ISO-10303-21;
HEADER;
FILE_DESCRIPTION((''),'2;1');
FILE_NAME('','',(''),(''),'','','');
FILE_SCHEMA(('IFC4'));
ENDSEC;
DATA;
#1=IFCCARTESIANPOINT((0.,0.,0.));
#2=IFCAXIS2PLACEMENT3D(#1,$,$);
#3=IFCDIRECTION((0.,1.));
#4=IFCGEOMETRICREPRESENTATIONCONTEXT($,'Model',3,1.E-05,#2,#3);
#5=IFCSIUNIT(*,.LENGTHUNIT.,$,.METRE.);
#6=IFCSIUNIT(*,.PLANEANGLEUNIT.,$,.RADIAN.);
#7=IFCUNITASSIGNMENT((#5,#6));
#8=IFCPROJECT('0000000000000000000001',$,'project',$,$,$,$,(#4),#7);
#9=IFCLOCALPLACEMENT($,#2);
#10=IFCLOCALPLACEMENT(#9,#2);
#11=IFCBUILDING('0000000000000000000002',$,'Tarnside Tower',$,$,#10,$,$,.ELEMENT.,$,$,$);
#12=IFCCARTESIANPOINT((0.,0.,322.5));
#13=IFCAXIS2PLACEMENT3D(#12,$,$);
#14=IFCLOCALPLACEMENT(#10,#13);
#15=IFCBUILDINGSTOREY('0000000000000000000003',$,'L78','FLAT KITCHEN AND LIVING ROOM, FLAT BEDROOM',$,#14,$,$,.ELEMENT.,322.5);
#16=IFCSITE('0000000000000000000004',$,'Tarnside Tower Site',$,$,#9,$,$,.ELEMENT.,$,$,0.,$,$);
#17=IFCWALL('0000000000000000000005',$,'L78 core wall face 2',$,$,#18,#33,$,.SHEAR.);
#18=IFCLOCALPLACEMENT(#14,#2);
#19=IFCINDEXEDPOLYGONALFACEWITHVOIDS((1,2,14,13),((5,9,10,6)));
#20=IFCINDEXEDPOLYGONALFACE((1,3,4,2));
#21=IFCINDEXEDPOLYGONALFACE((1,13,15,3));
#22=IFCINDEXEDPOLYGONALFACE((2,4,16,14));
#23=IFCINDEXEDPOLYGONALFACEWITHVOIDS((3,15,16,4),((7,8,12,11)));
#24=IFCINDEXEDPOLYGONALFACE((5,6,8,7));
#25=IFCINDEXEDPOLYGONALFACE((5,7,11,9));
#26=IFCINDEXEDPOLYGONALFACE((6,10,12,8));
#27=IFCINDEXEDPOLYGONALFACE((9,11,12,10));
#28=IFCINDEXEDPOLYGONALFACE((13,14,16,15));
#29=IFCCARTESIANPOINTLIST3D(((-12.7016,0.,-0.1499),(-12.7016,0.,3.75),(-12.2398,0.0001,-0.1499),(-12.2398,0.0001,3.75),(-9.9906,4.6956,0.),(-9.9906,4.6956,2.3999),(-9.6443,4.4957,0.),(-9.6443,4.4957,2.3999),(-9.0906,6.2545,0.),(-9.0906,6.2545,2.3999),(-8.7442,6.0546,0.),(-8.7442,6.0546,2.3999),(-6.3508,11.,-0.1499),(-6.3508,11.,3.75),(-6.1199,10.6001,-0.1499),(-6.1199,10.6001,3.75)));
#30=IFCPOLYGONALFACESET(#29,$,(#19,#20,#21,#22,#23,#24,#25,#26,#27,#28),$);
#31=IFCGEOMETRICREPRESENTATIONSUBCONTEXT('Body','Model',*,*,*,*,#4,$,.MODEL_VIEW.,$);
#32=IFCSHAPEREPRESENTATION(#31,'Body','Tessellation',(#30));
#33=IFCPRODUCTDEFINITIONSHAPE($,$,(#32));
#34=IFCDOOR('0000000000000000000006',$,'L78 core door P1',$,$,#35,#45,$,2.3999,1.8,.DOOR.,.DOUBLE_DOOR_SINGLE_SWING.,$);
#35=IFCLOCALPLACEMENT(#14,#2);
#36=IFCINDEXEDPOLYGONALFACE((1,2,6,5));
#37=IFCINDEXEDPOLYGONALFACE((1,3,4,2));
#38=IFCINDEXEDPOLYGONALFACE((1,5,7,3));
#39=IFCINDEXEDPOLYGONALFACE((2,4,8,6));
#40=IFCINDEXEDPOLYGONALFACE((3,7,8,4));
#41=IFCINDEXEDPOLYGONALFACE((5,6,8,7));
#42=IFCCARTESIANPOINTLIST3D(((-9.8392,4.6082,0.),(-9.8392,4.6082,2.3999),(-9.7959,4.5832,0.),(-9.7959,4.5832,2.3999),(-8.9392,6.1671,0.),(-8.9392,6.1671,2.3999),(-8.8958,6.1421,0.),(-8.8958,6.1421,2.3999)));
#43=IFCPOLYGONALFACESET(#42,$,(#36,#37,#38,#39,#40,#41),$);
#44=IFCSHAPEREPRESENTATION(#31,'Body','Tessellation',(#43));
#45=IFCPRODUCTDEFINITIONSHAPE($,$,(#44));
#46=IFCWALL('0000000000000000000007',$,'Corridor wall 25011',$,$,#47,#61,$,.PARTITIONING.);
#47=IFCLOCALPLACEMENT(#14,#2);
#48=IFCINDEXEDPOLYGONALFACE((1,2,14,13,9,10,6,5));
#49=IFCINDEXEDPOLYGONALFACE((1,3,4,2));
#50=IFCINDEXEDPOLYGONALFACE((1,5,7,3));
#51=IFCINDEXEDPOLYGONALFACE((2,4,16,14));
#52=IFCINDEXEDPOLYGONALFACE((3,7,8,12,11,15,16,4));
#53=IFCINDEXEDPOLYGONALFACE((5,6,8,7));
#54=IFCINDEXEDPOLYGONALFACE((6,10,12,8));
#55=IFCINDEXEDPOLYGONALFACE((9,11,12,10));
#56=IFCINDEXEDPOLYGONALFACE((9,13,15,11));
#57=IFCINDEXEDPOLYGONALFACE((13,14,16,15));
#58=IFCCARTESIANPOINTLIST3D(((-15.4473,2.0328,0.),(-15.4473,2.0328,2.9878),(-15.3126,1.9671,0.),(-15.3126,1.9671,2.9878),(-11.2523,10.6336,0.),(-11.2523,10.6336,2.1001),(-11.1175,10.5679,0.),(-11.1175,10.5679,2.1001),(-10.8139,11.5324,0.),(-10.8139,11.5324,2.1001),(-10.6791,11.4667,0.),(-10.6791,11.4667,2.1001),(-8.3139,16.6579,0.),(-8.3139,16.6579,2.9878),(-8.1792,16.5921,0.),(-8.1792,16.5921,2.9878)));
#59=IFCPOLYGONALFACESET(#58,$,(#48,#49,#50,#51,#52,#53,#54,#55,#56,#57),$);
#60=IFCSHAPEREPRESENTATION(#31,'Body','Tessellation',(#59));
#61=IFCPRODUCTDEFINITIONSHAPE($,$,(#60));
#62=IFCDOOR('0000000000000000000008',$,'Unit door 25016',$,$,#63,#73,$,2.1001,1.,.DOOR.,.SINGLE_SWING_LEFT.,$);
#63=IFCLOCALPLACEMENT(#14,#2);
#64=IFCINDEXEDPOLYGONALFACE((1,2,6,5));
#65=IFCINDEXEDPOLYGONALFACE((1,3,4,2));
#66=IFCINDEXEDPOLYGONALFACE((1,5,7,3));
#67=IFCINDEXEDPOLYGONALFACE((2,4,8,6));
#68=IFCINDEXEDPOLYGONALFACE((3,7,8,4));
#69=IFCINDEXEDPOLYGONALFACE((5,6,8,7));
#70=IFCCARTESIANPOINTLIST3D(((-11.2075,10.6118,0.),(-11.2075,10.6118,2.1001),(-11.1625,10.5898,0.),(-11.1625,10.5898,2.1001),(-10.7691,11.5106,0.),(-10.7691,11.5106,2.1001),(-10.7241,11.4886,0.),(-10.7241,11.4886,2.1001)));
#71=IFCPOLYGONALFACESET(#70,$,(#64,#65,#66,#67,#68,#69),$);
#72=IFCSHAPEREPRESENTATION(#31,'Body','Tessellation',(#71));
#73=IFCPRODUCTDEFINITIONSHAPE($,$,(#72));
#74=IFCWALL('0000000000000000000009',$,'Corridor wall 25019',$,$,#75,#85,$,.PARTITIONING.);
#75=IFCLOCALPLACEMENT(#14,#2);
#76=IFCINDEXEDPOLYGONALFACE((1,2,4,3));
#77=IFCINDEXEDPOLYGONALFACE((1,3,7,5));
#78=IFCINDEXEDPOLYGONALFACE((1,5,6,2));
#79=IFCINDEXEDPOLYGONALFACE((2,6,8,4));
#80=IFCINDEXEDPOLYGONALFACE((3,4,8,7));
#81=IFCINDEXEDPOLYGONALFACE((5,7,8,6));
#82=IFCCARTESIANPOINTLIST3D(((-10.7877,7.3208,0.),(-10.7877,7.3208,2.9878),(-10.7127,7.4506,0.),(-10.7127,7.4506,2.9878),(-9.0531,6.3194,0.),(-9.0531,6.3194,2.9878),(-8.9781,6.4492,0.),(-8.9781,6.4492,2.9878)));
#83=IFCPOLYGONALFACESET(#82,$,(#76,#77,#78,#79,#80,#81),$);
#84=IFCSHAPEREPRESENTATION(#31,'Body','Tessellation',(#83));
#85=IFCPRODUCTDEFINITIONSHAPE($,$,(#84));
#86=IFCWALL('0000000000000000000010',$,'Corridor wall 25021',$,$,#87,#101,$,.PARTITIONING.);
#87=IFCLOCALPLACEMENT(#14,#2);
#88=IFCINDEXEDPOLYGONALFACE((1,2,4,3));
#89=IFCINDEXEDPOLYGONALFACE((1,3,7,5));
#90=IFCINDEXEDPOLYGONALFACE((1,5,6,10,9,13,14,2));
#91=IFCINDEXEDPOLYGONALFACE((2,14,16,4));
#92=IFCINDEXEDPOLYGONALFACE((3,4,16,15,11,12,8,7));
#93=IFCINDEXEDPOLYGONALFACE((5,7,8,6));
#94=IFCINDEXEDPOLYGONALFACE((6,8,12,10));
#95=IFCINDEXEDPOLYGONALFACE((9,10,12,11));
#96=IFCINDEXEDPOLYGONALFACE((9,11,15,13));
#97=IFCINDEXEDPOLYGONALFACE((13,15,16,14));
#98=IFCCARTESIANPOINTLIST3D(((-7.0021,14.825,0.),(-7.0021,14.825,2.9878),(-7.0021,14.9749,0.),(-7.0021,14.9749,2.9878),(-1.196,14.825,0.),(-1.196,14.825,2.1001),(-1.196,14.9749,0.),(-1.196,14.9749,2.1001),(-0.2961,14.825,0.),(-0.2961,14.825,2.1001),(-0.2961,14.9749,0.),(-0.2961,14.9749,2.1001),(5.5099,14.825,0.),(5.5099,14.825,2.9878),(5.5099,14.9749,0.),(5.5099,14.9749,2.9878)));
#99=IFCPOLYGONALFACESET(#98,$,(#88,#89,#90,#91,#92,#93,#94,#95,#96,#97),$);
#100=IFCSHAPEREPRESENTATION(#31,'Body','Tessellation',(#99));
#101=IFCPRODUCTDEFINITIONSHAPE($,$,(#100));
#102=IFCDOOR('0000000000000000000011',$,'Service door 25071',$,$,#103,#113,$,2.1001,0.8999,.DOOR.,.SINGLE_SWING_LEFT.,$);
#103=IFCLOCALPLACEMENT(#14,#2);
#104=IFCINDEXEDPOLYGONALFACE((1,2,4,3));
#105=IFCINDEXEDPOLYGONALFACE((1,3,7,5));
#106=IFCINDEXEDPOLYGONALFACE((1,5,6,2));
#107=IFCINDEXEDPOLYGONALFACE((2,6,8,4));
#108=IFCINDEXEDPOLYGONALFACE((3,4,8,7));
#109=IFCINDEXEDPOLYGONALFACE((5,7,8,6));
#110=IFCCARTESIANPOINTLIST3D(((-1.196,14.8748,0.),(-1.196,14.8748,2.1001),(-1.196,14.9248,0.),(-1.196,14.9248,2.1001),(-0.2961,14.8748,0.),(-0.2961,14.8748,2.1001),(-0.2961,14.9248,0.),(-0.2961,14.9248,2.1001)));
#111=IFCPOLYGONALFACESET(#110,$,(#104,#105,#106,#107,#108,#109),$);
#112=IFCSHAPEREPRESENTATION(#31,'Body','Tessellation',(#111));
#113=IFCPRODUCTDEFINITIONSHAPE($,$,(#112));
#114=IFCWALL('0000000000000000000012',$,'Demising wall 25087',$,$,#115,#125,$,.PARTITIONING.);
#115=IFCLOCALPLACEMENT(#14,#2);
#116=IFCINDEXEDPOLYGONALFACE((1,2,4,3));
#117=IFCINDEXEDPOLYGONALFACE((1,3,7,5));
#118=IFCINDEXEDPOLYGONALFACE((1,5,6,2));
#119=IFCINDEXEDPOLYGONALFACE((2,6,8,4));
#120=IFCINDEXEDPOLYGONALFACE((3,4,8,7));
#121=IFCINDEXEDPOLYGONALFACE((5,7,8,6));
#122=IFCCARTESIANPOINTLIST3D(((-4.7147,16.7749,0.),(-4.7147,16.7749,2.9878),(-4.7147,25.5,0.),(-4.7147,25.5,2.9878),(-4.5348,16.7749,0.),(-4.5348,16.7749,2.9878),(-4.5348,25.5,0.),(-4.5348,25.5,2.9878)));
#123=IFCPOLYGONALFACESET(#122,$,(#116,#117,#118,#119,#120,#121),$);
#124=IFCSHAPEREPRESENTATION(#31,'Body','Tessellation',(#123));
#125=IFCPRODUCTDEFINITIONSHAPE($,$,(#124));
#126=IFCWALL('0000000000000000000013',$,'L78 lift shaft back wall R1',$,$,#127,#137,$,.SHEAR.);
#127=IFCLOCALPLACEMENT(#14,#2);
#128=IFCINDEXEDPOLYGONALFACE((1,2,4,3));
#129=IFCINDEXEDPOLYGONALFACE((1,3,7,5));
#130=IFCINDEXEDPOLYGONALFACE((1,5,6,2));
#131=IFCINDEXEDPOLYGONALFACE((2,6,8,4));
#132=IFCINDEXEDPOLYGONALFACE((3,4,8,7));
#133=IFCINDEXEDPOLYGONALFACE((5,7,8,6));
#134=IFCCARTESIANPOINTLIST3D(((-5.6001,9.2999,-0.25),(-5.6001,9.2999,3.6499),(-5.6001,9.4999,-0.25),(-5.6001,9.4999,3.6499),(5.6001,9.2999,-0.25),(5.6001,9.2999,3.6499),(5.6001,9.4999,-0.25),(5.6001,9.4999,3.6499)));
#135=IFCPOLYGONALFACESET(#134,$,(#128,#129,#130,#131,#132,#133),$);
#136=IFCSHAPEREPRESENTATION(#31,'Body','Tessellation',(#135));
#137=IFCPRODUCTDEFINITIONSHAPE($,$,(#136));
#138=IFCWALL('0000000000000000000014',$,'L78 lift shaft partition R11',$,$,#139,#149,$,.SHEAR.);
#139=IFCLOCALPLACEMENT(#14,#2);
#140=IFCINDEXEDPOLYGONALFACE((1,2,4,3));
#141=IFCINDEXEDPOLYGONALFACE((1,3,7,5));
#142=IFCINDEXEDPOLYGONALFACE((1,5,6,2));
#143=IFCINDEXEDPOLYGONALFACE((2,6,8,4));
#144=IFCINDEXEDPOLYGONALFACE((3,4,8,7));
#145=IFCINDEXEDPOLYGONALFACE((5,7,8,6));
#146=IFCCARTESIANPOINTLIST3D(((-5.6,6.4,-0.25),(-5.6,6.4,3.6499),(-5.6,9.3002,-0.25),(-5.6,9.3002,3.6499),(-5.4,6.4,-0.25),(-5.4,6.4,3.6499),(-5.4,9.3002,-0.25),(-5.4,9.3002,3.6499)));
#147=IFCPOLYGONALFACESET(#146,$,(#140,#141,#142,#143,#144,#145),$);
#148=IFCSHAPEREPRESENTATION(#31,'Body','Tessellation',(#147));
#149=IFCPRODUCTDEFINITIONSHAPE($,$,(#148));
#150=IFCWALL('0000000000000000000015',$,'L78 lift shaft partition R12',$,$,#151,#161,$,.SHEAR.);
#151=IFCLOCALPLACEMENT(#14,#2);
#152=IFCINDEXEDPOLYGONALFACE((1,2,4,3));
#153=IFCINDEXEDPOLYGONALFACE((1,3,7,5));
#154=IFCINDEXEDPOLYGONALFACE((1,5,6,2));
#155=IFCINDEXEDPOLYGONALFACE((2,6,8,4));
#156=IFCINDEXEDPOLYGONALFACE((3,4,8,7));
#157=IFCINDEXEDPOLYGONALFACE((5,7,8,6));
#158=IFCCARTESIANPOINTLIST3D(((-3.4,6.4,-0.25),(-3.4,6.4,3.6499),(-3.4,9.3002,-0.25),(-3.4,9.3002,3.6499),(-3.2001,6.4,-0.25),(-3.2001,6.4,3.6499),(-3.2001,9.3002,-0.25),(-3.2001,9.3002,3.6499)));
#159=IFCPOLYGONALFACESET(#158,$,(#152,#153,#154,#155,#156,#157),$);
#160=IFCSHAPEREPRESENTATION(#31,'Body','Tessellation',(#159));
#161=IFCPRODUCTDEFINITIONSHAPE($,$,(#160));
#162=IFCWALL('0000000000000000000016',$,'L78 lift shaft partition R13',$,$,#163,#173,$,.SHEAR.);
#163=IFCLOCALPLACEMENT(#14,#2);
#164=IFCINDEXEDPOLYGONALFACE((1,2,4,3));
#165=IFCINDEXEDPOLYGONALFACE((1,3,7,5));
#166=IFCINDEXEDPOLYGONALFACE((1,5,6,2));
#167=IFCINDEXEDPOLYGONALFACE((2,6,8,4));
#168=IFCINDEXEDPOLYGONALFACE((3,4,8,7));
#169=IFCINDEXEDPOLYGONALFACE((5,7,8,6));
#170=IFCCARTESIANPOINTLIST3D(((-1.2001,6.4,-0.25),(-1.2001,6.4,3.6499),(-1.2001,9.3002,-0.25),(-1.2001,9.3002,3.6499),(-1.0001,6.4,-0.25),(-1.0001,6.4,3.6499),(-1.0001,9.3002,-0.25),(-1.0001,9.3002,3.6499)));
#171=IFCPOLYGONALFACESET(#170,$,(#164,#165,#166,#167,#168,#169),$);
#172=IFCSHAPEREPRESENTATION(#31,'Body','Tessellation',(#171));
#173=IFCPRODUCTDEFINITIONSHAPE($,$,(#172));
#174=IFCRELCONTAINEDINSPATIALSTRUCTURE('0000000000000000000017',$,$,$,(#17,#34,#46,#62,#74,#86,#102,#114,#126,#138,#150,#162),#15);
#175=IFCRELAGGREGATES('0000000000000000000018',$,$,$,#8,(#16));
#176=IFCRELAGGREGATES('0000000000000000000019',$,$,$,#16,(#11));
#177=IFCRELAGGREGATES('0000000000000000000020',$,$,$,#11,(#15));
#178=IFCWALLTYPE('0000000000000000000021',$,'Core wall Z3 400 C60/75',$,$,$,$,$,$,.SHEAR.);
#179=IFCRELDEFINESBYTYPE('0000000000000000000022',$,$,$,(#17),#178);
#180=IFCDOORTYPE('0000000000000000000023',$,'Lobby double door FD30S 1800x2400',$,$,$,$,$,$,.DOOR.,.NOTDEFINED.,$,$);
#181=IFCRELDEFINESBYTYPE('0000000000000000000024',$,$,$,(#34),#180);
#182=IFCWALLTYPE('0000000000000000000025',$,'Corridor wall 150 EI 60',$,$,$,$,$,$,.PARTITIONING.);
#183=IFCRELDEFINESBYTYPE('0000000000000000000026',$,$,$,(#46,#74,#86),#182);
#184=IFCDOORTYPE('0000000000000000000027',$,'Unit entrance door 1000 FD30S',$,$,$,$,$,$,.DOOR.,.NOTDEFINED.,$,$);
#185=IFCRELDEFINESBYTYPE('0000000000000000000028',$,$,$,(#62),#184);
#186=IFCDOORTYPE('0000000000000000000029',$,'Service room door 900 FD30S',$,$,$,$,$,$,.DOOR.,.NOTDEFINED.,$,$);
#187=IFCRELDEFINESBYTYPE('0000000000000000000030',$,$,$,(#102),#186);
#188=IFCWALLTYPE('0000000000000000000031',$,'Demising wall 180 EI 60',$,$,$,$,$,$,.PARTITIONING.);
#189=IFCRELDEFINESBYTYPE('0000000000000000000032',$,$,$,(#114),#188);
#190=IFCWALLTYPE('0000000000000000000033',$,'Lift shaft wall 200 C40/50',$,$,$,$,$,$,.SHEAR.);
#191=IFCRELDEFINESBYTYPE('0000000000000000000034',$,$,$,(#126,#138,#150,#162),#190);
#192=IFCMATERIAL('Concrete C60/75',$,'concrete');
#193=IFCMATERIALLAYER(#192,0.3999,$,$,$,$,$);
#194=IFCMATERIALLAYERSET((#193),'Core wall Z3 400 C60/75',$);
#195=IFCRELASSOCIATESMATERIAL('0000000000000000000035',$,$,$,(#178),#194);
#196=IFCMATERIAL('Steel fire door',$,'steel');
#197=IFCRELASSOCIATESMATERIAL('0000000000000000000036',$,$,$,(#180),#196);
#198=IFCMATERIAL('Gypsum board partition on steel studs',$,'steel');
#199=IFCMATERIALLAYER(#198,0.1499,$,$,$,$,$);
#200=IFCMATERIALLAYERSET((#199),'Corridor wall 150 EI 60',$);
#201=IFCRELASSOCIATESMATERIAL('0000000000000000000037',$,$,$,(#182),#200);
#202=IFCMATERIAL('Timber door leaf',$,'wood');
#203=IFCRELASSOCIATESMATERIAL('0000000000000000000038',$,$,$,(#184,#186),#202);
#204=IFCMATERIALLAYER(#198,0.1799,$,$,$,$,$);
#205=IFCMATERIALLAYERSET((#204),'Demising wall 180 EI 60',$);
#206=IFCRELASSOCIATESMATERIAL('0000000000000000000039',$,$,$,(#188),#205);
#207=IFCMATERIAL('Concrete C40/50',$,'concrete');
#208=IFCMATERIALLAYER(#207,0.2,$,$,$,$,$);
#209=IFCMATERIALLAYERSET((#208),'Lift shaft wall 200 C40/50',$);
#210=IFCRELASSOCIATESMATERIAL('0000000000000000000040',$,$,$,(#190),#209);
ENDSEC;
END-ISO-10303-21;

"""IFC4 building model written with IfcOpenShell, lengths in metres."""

from ifc_helpers import new_model, si_unit, direction, frame, frame_2d, origin, place, context, subcontext, project, spatial, polyline, rectangle, outline, extrude, material, layer, layer_set, type_object, element, fill, save


model = new_model("IFC4")

# Units and contexts
model_context = context("Model", 3, precision=1e-05, world=origin(), true_north=direction((0.0, 1.0)))
body_context = subcontext(model_context, "Body", "Model", "MODEL_VIEW")
ifc_project = project(units=[si_unit("LENGTHUNIT", "METRE"), si_unit("PLANEANGLEUNIT", "RADIAN")], contexts=[model_context])

# Site, building, storey
site_placement = place(None, origin())
site = spatial("IfcSite", under=ifc_project, at=site_placement, Name="Tarnside Tower Site", CompositionType="ELEMENT", RefElevation=0.0)
building_placement = place(site_placement, origin())
building = spatial("IfcBuilding", under=site, at=building_placement, Name="Tarnside Tower", CompositionType="ELEMENT")
storey_placement = place(building_placement, frame((0.0, 0.0, 322.5)))
storey = spatial("IfcBuildingStorey", under=building, at=storey_placement, Name="L78", Description="FLAT KITCHEN AND LIVING ROOM, FLAT BEDROOM", CompositionType="ELEMENT", Elevation=322.5)

# Shared definitions
ifc_material_1 = material(Name="Gypsum board partition on steel studs", Category="steel")
ifc_material_2 = material(Name="Timber door leaf", Category="wood")

# Walls, openings, doors
ifc_material_3 = material(Name="Concrete C60/75", Category="concrete")
ifc_layer_1 = layer(ifc_material_3, 0.3999)
ifc_layer_set_1 = layer_set([ifc_layer_1], Name="Core wall Z3 400 C60/75")
wall_type_1 = type_object("IfcWallType", Name="Core wall Z3 400 C60/75", PredefinedType="SHEAR", material=ifc_layer_set_1)
wall_1_placement = place(storey_placement, frame((-6.2354, 10.8, -0.1499), z_axis=(0.0, 0.0, 1.0), x_axis=(-0.499996, -0.866027, 0.0)))
wall_1 = element("IfcWall", 1, at=wall_1_placement, inside=storey, type_object=wall_type_1, Name="L78 core wall face 2", PredefinedType="SHEAR", context=body_context, shape_type="SweptSolid", body=[
    extrude(outline(polyline([(-0.1155, -0.2), (12.5862, -0.2), (12.3552, 0.2), (0.1155, 0.2), (-0.1155, -0.2)])), origin(), (0.0, 0.0, 1.0), 3.8999),
])
opening_1_placement = place(wall_1_placement, frame((5.3643, 0.0, 0.1499)))
opening_1 = element("IfcOpeningElement", 2, at=opening_1_placement, cuts=wall_1, PredefinedType="OPENING", context=body_context, shape_type="SweptSolid", body=[
    extrude(rectangle(XDim=1.8, YDim=2.3999, at=frame_2d((0.8999, 1.2))), frame((0.0, 0.21, 0.0), z_axis=(0.0, -1.0, 0.0), x_axis=(1.0, 0.0, 0.0)), (0.0, 0.0, 1.0), 0.4199),
])
ifc_material_4 = material(Name="Steel fire door", Category="steel")
door_type_1 = type_object("IfcDoorType", Name="Lobby double door FD30S 1800x2400", OperationType="NOTDEFINED", PredefinedType="DOOR", material=ifc_material_4)
door_1_placement = place(opening_1_placement, origin())
door_1 = element("IfcDoor", 3, at=door_1_placement, inside=storey, type_object=door_type_1, Name="L78 core door P1", OperationType="DOUBLE_DOOR_SINGLE_SWING", OverallHeight=2.3999, OverallWidth=1.8, PredefinedType="DOOR", context=body_context, shape_type="SweptSolid", body=[
    extrude(rectangle(XDim=1.8, YDim=2.3999, at=frame_2d((0.8999, 1.2))), frame((0.0, 0.0249, 0.0), z_axis=(0.0, -1.0, 0.0), x_axis=(1.0, 0.0, 0.0)), (0.0, 0.0, 1.0), 0.05),
])
fill(opening_1, door_1)
ifc_layer_2 = layer(ifc_material_1, 0.1499)
ifc_layer_set_2 = layer_set([ifc_layer_2], Name="Corridor wall 150 EI 60")
wall_type_2 = type_object("IfcWallType", Name="Corridor wall 150 EI 60", PredefinedType="PARTITIONING", material=ifc_layer_set_2)
wall_2_placement = place(storey_placement, frame((-8.2466, 16.625, 0.0), z_axis=(0.0, 0.0, 1.0), x_axis=(-0.438382, -0.898789, 0.0)))
wall_2 = element("IfcWall", 4, at=wall_2_placement, inside=storey, type_object=wall_type_2, Name="Corridor wall 25011", PredefinedType="PARTITIONING", context=body_context, shape_type="SweptSolid", body=[
    extrude(rectangle(XDim=16.272, YDim=0.1499, at=frame_2d((8.136, 0.0))), origin(), (0.0, 0.0, 1.0), 2.9878),
])
opening_2_placement = place(wall_2_placement, frame((5.7026, 0.0, 0.0)))
opening_2 = element("IfcOpeningElement", 5, at=opening_2_placement, cuts=wall_2, PredefinedType="OPENING", context=body_context, shape_type="SweptSolid", body=[
    extrude(rectangle(XDim=1.0, YDim=2.1001, at=frame_2d((0.5, 1.05))), frame((0.0, 0.085, 0.0), z_axis=(0.0, -1.0, 0.0), x_axis=(1.0, 0.0, 0.0)), (0.0, 0.0, 1.0), 0.1699),
])
door_type_2 = type_object("IfcDoorType", Name="Unit entrance door 1000 FD30S", OperationType="NOTDEFINED", PredefinedType="DOOR", material=ifc_material_2)
door_2_placement = place(opening_2_placement, origin())
door_2 = element("IfcDoor", 6, at=door_2_placement, inside=storey, type_object=door_type_2, Name="Unit door 25016", OperationType="SINGLE_SWING_LEFT", OverallHeight=2.1001, OverallWidth=1.0, PredefinedType="DOOR", context=body_context, shape_type="SweptSolid", body=[
    extrude(rectangle(XDim=1.0, YDim=2.1001, at=frame_2d((0.5, 1.05))), frame((0.0, 0.0249, 0.0), z_axis=(0.0, -1.0, 0.0), x_axis=(1.0, 0.0, 0.0)), (0.0, 0.0, 1.0), 0.05),
])
fill(opening_2, door_2)

# Wall
wall_3_placement = place(storey_placement, frame((-9.0156, 6.3843, 0.0), z_axis=(0.0, 0.0, 1.0), x_axis=(-0.866029, 0.499993, 0.0)))
element("IfcWall", 7, at=wall_3_placement, inside=storey, type_object=wall_type_2, Name="Corridor wall 25019", PredefinedType="PARTITIONING", context=body_context, shape_type="SweptSolid", body=[
    extrude(rectangle(XDim=2.0029, YDim=0.1499, at=frame_2d((1.0015, 0.0))), origin(), (0.0, 0.0, 1.0), 2.9878),
])

# Wall, opening, door
wall_4_placement = place(storey_placement, frame((-7.002, 14.8999, 0.0), z_axis=(0.0, 0.0, 1.0), x_axis=(1.0, 0.0, 0.0)))
wall_4 = element("IfcWall", 8, at=wall_4_placement, inside=storey, type_object=wall_type_2, Name="Corridor wall 25021", PredefinedType="PARTITIONING", context=body_context, shape_type="SweptSolid", body=[
    extrude(rectangle(XDim=12.512, YDim=0.1499, at=frame_2d((6.2559, 0.0))), origin(), (0.0, 0.0, 1.0), 2.9878),
])
opening_3_placement = place(wall_4_placement, frame((5.8059, 0.0, 0.0)))
opening_3 = element("IfcOpeningElement", 9, at=opening_3_placement, cuts=wall_4, PredefinedType="OPENING", context=body_context, shape_type="SweptSolid", body=[
    extrude(rectangle(XDim=0.8999, YDim=2.1001, at=frame_2d((0.45, 1.05))), frame((0.0, 0.085, 0.0), z_axis=(0.0, -1.0, 0.0), x_axis=(1.0, 0.0, 0.0)), (0.0, 0.0, 1.0), 0.1699),
])
door_type_3 = type_object("IfcDoorType", Name="Service room door 900 FD30S", OperationType="NOTDEFINED", PredefinedType="DOOR", material=ifc_material_2)
door_3_placement = place(opening_3_placement, origin())
door_3 = element("IfcDoor", 10, at=door_3_placement, inside=storey, type_object=door_type_3, Name="Service door 25071", OperationType="SINGLE_SWING_LEFT", OverallHeight=2.1001, OverallWidth=0.8999, PredefinedType="DOOR", context=body_context, shape_type="SweptSolid", body=[
    extrude(rectangle(XDim=0.8999, YDim=2.1001, at=frame_2d((0.45, 1.05))), frame((0.0, 0.0249, 0.0), z_axis=(0.0, -1.0, 0.0), x_axis=(1.0, 0.0, 0.0)), (0.0, 0.0, 1.0), 0.05),
])
fill(opening_3, door_3)

# Walls
ifc_layer_3 = layer(ifc_material_1, 0.1799)
ifc_layer_set_3 = layer_set([ifc_layer_3], Name="Demising wall 180 EI 60")
wall_type_3 = type_object("IfcWallType", Name="Demising wall 180 EI 60", PredefinedType="PARTITIONING", material=ifc_layer_set_3)
wall_5_placement = place(storey_placement, frame((-4.6248, 25.5, 0.0), z_axis=(0.0, 0.0, 1.0), x_axis=(0.0, -1.0, 0.0)))
element("IfcWall", 11, at=wall_5_placement, inside=storey, type_object=wall_type_3, Name="Demising wall 25087", PredefinedType="PARTITIONING", context=body_context, shape_type="SweptSolid", body=[
    extrude(rectangle(XDim=8.7251, YDim=0.1799, at=frame_2d((4.3625, 0.0))), origin(), (0.0, 0.0, 1.0), 2.9878),
])
ifc_material_5 = material(Name="Concrete C40/50", Category="concrete")
ifc_layer_4 = layer(ifc_material_5, 0.2)
ifc_layer_set_4 = layer_set([ifc_layer_4], Name="Lift shaft wall 200 C40/50")
wall_type_4 = type_object("IfcWallType", Name="Lift shaft wall 200 C40/50", PredefinedType="SHEAR", material=ifc_layer_set_4)
wall_6_placement = place(storey_placement, frame((-5.6001, 9.3999, -0.25), z_axis=(0.0, 0.0, 1.0), x_axis=(1.0, 0.0, 0.0)))
element("IfcWall", 12, at=wall_6_placement, inside=storey, type_object=wall_type_4, Name="L78 lift shaft back wall R1", PredefinedType="SHEAR", context=body_context, shape_type="SweptSolid", body=[
    extrude(rectangle(XDim=11.2002, YDim=0.2, at=frame_2d((5.6001, 0.0))), origin(), (0.0, 0.0, 1.0), 3.8999),
])
for number, where, z_axis, x_axis, name in (
    (13, (-5.5, 6.3999, -0.25), (0.0, 0.0, 1.0), (0.0, 1.0, 0.0), "L78 lift shaft partition R11"),
    (14, (-3.3, 6.3999, -0.25), (0.0, 0.0, 1.0), (0.0, 1.0, 0.0), "L78 lift shaft partition R12"),
    (15, (-1.1001, 6.3999, -0.25), (0.0, 0.0, 1.0), (0.0, 1.0, 0.0), "L78 lift shaft partition R13"),
):
    element("IfcWall", number, at=place(storey_placement, frame(where, z_axis=z_axis, x_axis=x_axis)), inside=storey, type_object=wall_type_4, Name=name, PredefinedType="SHEAR", context=body_context, shape_type="SweptSolid", body=[
        extrude(rectangle(XDim=2.9001, YDim=0.2, at=frame_2d((1.4502, 0.0))), origin(), (0.0, 0.0, 1.0), 3.8999),
    ])

save(model, "model.ifc")
